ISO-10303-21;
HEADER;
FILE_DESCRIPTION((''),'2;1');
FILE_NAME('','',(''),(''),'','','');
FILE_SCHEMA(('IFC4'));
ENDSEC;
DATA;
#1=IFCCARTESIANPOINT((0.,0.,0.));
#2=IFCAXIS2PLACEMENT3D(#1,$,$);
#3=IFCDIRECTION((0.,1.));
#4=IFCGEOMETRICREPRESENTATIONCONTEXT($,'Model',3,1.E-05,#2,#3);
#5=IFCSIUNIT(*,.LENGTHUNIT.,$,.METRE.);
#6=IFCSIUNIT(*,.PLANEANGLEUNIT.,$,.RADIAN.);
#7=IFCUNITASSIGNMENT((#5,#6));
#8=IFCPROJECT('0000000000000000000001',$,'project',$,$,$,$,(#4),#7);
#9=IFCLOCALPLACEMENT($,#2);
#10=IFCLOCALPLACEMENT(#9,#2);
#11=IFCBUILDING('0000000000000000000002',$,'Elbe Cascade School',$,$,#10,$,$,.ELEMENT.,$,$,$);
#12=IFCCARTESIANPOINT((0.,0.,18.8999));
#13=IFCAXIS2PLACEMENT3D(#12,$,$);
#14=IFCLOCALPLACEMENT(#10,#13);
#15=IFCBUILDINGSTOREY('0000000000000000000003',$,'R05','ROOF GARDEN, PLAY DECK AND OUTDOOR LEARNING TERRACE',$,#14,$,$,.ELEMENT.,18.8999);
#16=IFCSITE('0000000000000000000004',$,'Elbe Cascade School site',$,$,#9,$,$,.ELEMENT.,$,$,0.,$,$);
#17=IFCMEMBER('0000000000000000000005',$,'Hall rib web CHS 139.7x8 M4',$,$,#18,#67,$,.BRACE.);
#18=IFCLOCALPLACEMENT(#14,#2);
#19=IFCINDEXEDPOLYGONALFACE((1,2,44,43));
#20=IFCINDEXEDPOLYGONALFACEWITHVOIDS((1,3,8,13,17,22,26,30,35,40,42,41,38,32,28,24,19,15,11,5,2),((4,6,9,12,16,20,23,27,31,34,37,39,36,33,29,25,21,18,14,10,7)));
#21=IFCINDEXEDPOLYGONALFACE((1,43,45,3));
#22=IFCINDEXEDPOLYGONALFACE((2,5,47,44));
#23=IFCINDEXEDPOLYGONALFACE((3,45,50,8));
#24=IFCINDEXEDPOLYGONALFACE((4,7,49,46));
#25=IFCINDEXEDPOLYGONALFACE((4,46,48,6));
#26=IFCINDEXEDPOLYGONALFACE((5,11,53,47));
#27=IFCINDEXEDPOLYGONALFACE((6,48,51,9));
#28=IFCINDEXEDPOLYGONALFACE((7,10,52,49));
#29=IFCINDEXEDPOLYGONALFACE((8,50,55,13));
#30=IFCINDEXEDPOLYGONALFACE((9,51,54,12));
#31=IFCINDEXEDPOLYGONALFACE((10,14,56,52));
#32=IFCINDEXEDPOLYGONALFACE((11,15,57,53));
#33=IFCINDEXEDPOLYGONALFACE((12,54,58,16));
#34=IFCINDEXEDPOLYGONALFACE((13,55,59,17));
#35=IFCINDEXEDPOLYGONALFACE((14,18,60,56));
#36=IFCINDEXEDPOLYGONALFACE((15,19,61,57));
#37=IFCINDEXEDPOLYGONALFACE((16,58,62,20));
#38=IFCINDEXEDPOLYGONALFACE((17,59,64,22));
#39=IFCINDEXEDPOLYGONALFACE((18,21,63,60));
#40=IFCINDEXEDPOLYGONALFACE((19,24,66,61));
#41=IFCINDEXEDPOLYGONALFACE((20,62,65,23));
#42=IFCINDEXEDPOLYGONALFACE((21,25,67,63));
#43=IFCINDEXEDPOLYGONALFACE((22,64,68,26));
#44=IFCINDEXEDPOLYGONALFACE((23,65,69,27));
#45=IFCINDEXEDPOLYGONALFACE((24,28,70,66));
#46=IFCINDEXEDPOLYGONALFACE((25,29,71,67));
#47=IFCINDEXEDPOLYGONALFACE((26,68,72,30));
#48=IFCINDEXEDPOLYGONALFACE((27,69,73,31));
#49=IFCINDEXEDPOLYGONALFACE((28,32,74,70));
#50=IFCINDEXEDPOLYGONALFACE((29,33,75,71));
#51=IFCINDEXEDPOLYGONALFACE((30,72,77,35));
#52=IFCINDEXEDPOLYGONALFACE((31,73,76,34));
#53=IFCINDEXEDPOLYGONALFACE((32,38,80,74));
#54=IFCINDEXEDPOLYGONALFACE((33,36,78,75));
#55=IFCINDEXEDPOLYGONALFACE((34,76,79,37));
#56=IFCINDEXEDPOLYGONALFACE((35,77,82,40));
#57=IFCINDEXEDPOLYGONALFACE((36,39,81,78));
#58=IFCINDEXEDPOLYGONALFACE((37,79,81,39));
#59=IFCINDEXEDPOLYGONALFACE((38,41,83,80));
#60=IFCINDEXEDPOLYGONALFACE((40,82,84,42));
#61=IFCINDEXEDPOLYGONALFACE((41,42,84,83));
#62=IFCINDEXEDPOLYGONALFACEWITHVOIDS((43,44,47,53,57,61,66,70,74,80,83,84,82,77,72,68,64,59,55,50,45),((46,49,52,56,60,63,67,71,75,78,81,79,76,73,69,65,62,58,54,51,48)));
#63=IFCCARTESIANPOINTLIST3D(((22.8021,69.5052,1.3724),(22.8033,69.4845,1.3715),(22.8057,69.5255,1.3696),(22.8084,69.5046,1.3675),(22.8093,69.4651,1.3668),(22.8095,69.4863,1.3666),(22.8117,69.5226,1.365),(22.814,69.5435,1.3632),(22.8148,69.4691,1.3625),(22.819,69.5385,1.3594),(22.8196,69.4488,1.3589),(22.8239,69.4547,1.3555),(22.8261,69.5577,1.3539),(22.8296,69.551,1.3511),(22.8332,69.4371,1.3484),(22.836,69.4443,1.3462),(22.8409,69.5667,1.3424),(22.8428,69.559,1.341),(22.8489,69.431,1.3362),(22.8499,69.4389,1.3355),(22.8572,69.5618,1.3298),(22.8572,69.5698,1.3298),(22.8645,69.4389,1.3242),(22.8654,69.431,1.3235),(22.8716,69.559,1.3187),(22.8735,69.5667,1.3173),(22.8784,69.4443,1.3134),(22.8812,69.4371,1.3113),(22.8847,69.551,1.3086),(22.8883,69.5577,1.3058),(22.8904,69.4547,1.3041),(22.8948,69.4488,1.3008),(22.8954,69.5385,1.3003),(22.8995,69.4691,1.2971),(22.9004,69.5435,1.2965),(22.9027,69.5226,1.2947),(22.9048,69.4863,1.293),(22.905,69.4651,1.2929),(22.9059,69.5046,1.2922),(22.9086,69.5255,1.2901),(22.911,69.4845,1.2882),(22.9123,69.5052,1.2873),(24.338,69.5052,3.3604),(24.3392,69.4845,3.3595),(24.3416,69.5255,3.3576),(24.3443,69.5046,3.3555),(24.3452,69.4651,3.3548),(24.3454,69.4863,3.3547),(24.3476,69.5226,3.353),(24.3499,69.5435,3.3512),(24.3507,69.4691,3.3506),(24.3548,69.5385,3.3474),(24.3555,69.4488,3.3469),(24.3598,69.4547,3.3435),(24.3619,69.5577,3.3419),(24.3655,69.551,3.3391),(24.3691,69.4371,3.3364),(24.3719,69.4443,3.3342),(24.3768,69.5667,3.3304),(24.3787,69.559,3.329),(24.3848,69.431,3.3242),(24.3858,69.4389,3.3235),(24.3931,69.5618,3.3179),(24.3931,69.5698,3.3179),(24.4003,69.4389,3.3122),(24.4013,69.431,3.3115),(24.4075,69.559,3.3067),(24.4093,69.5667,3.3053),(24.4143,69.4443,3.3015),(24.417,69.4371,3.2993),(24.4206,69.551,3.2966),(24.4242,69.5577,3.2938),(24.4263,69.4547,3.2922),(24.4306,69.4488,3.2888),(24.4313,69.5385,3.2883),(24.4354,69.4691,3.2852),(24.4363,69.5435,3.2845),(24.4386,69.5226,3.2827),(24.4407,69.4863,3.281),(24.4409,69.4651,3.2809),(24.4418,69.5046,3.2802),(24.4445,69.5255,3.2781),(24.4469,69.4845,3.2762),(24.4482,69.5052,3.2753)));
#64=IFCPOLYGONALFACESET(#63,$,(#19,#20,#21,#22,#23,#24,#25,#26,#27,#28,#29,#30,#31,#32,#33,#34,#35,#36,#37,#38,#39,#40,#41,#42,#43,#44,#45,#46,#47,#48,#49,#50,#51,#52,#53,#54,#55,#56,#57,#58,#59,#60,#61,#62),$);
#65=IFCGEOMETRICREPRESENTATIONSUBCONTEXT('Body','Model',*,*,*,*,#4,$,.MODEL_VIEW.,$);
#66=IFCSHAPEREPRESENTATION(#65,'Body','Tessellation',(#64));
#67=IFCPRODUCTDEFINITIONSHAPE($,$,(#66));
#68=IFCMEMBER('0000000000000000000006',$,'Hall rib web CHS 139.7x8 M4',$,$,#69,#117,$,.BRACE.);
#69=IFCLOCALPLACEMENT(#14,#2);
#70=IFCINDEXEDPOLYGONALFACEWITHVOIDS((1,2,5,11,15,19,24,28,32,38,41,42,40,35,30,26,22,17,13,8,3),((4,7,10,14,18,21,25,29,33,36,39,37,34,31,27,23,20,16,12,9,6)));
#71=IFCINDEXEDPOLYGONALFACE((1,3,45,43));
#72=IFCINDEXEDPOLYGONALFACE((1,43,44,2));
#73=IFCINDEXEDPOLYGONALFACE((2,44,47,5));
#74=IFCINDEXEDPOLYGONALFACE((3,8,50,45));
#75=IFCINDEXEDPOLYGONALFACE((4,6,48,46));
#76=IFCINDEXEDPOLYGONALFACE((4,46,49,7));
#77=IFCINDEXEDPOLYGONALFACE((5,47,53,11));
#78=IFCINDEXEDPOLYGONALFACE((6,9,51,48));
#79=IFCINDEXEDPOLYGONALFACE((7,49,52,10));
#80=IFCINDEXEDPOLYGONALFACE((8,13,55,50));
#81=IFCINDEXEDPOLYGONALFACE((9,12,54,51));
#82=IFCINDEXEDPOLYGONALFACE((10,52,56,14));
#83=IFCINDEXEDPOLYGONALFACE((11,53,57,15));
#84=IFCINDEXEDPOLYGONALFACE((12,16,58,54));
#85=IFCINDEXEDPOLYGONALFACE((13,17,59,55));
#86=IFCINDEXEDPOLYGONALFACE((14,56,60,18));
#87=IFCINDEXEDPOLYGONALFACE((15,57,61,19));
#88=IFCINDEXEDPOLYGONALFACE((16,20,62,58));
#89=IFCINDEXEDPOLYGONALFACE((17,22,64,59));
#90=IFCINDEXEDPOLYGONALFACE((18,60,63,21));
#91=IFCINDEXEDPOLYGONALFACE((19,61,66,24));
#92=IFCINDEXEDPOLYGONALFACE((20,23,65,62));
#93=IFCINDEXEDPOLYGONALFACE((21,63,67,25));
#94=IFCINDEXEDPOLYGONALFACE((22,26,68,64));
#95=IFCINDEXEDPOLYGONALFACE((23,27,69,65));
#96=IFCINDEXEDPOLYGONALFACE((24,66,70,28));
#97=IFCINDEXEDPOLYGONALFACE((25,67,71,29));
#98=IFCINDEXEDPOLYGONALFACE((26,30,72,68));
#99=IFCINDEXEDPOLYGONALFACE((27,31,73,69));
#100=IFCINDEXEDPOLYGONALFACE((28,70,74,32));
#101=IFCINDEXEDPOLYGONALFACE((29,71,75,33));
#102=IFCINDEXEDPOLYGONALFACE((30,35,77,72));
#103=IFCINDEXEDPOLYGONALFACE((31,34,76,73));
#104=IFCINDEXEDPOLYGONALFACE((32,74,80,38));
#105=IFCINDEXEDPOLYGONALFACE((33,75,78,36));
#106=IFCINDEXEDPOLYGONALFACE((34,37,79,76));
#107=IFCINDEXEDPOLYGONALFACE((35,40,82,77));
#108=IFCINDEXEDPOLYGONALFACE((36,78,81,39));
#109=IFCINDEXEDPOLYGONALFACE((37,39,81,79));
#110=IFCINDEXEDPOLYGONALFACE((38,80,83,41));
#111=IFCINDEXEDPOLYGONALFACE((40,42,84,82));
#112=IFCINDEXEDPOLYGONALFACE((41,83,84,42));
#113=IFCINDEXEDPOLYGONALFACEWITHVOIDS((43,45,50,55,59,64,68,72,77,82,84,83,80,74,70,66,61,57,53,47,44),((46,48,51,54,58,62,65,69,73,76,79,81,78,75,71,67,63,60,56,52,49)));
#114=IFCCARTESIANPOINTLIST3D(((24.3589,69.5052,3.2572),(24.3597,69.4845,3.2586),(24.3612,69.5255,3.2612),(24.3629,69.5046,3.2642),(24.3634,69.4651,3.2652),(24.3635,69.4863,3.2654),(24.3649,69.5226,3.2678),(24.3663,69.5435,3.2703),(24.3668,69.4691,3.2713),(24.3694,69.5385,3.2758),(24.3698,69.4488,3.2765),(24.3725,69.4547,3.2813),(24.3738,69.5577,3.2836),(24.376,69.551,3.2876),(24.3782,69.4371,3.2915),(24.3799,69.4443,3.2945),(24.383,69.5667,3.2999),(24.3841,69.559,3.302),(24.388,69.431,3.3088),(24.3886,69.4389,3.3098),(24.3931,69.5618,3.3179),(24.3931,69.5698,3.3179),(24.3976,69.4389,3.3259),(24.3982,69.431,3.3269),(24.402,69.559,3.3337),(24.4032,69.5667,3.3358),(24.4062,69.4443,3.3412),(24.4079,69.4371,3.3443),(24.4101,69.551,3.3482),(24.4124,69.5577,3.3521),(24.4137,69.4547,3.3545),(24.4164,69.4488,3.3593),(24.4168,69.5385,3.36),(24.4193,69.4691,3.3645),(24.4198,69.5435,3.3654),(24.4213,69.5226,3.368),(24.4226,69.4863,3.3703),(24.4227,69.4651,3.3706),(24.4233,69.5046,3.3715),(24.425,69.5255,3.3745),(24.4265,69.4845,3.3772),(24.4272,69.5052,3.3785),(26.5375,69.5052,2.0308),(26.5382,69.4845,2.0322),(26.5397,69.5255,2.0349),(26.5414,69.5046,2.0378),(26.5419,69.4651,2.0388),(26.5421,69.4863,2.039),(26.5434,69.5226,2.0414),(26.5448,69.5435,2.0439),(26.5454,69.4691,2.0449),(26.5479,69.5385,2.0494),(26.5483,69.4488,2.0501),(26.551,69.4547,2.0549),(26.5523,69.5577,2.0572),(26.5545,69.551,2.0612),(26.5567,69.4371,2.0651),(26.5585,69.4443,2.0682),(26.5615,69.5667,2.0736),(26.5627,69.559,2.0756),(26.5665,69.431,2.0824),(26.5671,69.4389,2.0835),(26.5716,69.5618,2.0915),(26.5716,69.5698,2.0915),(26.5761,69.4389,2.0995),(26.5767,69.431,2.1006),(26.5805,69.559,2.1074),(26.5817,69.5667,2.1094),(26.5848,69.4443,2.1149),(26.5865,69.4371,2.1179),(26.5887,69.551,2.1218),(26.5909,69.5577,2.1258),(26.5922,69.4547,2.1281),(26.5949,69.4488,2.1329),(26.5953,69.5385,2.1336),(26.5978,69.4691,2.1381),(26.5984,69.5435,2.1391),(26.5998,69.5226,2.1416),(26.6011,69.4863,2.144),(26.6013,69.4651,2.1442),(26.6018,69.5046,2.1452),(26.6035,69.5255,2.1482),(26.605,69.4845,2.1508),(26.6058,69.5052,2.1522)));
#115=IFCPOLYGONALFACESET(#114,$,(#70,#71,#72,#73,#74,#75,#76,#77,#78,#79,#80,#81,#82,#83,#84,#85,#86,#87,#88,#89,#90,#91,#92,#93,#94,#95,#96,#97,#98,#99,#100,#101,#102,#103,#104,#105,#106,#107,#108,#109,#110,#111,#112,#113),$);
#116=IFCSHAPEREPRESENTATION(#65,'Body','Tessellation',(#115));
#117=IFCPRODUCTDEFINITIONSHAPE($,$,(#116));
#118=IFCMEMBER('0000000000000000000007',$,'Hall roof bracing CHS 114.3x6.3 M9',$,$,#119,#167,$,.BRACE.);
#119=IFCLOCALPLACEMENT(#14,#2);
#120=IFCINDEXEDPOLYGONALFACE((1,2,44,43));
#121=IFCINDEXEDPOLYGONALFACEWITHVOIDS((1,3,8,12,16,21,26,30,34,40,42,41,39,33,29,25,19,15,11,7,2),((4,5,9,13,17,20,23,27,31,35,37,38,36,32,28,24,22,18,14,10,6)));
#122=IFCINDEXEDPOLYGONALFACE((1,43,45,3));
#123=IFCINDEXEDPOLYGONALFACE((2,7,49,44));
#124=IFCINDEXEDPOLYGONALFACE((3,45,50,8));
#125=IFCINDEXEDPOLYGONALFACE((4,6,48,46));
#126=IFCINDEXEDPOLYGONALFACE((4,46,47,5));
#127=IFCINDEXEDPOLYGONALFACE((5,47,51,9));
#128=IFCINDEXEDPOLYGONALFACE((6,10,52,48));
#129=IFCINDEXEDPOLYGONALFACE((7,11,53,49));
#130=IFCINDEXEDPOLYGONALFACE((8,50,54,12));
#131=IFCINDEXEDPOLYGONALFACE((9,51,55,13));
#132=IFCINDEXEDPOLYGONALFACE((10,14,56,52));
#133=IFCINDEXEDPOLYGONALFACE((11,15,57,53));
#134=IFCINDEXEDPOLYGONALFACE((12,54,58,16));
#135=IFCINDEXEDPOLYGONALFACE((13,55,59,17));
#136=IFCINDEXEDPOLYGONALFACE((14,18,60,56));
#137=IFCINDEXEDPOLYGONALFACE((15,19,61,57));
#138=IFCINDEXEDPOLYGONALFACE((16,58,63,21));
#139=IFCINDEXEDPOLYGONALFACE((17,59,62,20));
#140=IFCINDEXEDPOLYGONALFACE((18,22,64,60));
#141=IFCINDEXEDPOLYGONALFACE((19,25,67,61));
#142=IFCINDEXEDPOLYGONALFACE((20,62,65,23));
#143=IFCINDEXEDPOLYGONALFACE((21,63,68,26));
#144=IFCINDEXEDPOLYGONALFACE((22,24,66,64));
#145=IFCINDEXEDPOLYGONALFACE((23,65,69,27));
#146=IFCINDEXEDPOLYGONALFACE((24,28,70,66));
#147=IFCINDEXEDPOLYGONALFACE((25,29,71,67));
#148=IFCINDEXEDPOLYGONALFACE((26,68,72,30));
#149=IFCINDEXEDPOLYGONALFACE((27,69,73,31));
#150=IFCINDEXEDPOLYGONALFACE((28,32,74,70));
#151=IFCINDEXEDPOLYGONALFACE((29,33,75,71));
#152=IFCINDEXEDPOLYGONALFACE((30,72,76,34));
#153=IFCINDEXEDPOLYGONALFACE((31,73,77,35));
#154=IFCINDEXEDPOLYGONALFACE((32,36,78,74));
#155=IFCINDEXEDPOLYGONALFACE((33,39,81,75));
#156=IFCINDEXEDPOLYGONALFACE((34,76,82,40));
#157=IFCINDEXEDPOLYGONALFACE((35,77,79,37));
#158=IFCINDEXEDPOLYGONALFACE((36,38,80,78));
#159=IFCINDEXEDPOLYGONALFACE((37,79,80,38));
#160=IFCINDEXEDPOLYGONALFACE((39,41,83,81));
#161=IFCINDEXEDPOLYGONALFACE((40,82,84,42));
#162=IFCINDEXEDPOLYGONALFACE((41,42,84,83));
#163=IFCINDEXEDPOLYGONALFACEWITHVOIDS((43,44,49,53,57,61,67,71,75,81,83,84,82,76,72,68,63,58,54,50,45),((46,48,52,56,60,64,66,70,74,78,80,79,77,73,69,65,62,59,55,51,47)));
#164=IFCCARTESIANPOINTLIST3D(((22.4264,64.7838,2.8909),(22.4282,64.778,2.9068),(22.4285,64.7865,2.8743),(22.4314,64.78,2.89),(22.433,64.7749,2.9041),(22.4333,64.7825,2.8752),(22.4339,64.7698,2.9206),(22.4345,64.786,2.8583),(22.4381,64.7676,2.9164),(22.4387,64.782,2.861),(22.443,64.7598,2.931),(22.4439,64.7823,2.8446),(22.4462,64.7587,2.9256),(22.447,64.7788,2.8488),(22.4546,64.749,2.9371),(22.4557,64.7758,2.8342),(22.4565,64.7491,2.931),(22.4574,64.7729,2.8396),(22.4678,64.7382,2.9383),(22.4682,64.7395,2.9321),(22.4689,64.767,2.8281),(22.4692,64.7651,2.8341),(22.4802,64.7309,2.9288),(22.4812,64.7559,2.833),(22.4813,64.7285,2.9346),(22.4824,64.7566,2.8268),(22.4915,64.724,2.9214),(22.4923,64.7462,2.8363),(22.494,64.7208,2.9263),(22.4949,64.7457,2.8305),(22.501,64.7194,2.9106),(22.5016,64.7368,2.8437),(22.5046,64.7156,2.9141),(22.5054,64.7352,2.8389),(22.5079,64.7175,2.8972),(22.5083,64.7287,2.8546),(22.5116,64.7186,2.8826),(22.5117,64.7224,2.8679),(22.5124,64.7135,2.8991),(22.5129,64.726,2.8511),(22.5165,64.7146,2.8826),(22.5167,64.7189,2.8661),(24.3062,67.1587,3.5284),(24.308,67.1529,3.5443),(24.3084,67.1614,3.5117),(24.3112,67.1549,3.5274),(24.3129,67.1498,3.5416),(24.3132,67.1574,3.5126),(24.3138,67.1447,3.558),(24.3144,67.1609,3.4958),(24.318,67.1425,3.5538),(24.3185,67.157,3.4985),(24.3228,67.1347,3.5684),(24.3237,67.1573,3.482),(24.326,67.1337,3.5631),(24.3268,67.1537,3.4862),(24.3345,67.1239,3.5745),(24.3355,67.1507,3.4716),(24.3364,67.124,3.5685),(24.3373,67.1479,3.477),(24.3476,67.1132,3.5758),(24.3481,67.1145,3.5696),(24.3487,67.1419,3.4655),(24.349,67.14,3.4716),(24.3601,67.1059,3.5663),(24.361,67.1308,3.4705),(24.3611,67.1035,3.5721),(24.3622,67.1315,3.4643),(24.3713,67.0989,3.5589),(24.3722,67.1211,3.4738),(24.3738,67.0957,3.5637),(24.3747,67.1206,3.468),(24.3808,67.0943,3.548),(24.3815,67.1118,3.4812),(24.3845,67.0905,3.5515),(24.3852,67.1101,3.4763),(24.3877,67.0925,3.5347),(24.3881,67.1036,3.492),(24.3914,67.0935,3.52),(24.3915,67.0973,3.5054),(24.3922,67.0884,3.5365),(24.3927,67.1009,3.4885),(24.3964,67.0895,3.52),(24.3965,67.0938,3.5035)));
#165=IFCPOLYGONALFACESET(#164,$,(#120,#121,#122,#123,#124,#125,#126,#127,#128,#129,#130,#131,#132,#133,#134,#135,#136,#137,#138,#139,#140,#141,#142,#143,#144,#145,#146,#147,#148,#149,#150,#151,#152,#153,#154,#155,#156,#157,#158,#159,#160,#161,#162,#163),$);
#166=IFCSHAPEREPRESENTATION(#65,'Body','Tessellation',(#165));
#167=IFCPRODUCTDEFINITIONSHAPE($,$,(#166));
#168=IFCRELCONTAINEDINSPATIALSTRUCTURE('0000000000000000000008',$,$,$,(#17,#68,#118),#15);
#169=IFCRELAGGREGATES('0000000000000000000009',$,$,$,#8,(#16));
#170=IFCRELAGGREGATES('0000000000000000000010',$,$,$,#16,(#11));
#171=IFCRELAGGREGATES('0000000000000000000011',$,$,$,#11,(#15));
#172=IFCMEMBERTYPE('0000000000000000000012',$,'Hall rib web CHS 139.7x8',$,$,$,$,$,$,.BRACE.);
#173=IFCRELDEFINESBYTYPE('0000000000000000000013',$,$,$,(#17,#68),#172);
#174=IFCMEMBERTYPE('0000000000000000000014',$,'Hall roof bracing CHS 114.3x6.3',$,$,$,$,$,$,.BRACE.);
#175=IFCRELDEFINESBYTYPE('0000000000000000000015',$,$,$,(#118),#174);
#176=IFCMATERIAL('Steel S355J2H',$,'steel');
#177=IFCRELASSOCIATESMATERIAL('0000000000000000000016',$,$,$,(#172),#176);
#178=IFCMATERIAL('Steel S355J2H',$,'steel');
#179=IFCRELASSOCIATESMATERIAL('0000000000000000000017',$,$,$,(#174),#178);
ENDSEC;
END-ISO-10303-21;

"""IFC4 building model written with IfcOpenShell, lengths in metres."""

from ifc_helpers import new_model, si_unit, direction, frame, origin, origin_2d, place, context, subcontext, project, spatial, hollow_circle, extrude, material, material_profile, profile_set, type_object, element, save


model = new_model("IFC4")

# Units and contexts
model_context = context("Model", 3, precision=1e-05, world=origin(), true_north=direction((0.0, 1.0)))
body_context = subcontext(model_context, "Body", "Model", "MODEL_VIEW")
ifc_project = project(units=[si_unit("LENGTHUNIT", "METRE"), si_unit("PLANEANGLEUNIT", "RADIAN")], contexts=[model_context])

# Site, building, storey
site_placement = place(None, origin())
site = spatial("IfcSite", under=ifc_project, at=site_placement, Name="Elbe Cascade School site", CompositionType="ELEMENT", RefElevation=0.0)
building_placement = place(site_placement, origin())
building = spatial("IfcBuilding", under=site, at=building_placement, Name="Elbe Cascade School", CompositionType="ELEMENT")
storey_placement = place(building_placement, frame((0.0, 0.0, 18.8999)))
storey = spatial("IfcBuildingStorey", under=building, at=storey_placement, Name="R05", Description="ROOF GARDEN, PLAY DECK AND OUTDOOR LEARNING TERRACE", CompositionType="ELEMENT", Elevation=18.8999)

# Members
ifc_material_1 = material(Name="Steel S355J2H", Category="steel")
ifc_material_profile_1 = material_profile(ifc_material_1, hollow_circle(Radius=0.0698, WallThickness=0.0081, at=origin_2d()), Name="CHS 139.7x8")
ifc_profile_set_1 = profile_set([ifc_material_profile_1], Name="Steel S355J2H")
member_type_1 = type_object("IfcMemberType", Name="Hall rib web CHS 139.7x8", PredefinedType="BRACE", material=ifc_profile_set_1)
member_1_placement = place(storey_placement, frame((22.8572, 69.5, 1.3298), z_axis=(0.611367, 0.0, 0.791347), x_axis=(0.0, 1.0, 0.0)))
element("IfcMember", 1, at=member_1_placement, inside=storey, type_object=member_type_1, Name="Hall rib web CHS 139.7x8 M4", PredefinedType="BRACE", context=body_context, shape_type="SweptSolid", body=[
    extrude(hollow_circle(Radius=0.0698, WallThickness=0.0081, at=origin_2d()), origin(), (0.0, 0.0, 1.0), 2.5122),
])
member_2_placement = place(storey_placement, frame((24.3931, 69.5, 3.3179), z_axis=(0.871416, 0.0, -0.490544), x_axis=(0.0, 1.0, 0.0)))
element("IfcMember", 2, at=member_2_placement, inside=storey, type_object=member_type_1, Name="Hall rib web CHS 139.7x8 M4", PredefinedType="BRACE", context=body_context, shape_type="SweptSolid", body=[
    extrude(hollow_circle(Radius=0.0698, WallThickness=0.0081, at=origin_2d()), origin(), (0.0, 0.0, 1.0), 2.5),
])
ifc_material_2 = material(Name="Steel S355J2H", Category="steel")
ifc_material_profile_2 = material_profile(ifc_material_2, hollow_circle(Radius=0.0571, WallThickness=0.0063, at=origin_2d()), Name="CHS 114.3x6.3")
ifc_profile_set_2 = profile_set([ifc_material_profile_2], Name="Steel S355J2H")
member_type_2 = type_object("IfcMemberType", Name="Hall roof bracing CHS 114.3x6.3", PredefinedType="BRACE", material=ifc_profile_set_2)
member_3_placement = place(storey_placement, frame((24.3516, 67.125, 3.52), z_axis=(-0.607333, -0.76729, -0.205941), x_axis=(0.784098, -0.620637, 0.0)))
element("IfcMember", 3, at=member_3_placement, inside=storey, type_object=member_type_2, Name="Hall roof bracing CHS 114.3x6.3 M9", PredefinedType="BRACE", context=body_context, shape_type="SweptSolid", body=[
    extrude(hollow_circle(Radius=0.0571, WallThickness=0.0063, at=origin_2d()), origin(), (0.0, 0.0, 1.0), 3.0952),
])

save(model, "model.ifc")
